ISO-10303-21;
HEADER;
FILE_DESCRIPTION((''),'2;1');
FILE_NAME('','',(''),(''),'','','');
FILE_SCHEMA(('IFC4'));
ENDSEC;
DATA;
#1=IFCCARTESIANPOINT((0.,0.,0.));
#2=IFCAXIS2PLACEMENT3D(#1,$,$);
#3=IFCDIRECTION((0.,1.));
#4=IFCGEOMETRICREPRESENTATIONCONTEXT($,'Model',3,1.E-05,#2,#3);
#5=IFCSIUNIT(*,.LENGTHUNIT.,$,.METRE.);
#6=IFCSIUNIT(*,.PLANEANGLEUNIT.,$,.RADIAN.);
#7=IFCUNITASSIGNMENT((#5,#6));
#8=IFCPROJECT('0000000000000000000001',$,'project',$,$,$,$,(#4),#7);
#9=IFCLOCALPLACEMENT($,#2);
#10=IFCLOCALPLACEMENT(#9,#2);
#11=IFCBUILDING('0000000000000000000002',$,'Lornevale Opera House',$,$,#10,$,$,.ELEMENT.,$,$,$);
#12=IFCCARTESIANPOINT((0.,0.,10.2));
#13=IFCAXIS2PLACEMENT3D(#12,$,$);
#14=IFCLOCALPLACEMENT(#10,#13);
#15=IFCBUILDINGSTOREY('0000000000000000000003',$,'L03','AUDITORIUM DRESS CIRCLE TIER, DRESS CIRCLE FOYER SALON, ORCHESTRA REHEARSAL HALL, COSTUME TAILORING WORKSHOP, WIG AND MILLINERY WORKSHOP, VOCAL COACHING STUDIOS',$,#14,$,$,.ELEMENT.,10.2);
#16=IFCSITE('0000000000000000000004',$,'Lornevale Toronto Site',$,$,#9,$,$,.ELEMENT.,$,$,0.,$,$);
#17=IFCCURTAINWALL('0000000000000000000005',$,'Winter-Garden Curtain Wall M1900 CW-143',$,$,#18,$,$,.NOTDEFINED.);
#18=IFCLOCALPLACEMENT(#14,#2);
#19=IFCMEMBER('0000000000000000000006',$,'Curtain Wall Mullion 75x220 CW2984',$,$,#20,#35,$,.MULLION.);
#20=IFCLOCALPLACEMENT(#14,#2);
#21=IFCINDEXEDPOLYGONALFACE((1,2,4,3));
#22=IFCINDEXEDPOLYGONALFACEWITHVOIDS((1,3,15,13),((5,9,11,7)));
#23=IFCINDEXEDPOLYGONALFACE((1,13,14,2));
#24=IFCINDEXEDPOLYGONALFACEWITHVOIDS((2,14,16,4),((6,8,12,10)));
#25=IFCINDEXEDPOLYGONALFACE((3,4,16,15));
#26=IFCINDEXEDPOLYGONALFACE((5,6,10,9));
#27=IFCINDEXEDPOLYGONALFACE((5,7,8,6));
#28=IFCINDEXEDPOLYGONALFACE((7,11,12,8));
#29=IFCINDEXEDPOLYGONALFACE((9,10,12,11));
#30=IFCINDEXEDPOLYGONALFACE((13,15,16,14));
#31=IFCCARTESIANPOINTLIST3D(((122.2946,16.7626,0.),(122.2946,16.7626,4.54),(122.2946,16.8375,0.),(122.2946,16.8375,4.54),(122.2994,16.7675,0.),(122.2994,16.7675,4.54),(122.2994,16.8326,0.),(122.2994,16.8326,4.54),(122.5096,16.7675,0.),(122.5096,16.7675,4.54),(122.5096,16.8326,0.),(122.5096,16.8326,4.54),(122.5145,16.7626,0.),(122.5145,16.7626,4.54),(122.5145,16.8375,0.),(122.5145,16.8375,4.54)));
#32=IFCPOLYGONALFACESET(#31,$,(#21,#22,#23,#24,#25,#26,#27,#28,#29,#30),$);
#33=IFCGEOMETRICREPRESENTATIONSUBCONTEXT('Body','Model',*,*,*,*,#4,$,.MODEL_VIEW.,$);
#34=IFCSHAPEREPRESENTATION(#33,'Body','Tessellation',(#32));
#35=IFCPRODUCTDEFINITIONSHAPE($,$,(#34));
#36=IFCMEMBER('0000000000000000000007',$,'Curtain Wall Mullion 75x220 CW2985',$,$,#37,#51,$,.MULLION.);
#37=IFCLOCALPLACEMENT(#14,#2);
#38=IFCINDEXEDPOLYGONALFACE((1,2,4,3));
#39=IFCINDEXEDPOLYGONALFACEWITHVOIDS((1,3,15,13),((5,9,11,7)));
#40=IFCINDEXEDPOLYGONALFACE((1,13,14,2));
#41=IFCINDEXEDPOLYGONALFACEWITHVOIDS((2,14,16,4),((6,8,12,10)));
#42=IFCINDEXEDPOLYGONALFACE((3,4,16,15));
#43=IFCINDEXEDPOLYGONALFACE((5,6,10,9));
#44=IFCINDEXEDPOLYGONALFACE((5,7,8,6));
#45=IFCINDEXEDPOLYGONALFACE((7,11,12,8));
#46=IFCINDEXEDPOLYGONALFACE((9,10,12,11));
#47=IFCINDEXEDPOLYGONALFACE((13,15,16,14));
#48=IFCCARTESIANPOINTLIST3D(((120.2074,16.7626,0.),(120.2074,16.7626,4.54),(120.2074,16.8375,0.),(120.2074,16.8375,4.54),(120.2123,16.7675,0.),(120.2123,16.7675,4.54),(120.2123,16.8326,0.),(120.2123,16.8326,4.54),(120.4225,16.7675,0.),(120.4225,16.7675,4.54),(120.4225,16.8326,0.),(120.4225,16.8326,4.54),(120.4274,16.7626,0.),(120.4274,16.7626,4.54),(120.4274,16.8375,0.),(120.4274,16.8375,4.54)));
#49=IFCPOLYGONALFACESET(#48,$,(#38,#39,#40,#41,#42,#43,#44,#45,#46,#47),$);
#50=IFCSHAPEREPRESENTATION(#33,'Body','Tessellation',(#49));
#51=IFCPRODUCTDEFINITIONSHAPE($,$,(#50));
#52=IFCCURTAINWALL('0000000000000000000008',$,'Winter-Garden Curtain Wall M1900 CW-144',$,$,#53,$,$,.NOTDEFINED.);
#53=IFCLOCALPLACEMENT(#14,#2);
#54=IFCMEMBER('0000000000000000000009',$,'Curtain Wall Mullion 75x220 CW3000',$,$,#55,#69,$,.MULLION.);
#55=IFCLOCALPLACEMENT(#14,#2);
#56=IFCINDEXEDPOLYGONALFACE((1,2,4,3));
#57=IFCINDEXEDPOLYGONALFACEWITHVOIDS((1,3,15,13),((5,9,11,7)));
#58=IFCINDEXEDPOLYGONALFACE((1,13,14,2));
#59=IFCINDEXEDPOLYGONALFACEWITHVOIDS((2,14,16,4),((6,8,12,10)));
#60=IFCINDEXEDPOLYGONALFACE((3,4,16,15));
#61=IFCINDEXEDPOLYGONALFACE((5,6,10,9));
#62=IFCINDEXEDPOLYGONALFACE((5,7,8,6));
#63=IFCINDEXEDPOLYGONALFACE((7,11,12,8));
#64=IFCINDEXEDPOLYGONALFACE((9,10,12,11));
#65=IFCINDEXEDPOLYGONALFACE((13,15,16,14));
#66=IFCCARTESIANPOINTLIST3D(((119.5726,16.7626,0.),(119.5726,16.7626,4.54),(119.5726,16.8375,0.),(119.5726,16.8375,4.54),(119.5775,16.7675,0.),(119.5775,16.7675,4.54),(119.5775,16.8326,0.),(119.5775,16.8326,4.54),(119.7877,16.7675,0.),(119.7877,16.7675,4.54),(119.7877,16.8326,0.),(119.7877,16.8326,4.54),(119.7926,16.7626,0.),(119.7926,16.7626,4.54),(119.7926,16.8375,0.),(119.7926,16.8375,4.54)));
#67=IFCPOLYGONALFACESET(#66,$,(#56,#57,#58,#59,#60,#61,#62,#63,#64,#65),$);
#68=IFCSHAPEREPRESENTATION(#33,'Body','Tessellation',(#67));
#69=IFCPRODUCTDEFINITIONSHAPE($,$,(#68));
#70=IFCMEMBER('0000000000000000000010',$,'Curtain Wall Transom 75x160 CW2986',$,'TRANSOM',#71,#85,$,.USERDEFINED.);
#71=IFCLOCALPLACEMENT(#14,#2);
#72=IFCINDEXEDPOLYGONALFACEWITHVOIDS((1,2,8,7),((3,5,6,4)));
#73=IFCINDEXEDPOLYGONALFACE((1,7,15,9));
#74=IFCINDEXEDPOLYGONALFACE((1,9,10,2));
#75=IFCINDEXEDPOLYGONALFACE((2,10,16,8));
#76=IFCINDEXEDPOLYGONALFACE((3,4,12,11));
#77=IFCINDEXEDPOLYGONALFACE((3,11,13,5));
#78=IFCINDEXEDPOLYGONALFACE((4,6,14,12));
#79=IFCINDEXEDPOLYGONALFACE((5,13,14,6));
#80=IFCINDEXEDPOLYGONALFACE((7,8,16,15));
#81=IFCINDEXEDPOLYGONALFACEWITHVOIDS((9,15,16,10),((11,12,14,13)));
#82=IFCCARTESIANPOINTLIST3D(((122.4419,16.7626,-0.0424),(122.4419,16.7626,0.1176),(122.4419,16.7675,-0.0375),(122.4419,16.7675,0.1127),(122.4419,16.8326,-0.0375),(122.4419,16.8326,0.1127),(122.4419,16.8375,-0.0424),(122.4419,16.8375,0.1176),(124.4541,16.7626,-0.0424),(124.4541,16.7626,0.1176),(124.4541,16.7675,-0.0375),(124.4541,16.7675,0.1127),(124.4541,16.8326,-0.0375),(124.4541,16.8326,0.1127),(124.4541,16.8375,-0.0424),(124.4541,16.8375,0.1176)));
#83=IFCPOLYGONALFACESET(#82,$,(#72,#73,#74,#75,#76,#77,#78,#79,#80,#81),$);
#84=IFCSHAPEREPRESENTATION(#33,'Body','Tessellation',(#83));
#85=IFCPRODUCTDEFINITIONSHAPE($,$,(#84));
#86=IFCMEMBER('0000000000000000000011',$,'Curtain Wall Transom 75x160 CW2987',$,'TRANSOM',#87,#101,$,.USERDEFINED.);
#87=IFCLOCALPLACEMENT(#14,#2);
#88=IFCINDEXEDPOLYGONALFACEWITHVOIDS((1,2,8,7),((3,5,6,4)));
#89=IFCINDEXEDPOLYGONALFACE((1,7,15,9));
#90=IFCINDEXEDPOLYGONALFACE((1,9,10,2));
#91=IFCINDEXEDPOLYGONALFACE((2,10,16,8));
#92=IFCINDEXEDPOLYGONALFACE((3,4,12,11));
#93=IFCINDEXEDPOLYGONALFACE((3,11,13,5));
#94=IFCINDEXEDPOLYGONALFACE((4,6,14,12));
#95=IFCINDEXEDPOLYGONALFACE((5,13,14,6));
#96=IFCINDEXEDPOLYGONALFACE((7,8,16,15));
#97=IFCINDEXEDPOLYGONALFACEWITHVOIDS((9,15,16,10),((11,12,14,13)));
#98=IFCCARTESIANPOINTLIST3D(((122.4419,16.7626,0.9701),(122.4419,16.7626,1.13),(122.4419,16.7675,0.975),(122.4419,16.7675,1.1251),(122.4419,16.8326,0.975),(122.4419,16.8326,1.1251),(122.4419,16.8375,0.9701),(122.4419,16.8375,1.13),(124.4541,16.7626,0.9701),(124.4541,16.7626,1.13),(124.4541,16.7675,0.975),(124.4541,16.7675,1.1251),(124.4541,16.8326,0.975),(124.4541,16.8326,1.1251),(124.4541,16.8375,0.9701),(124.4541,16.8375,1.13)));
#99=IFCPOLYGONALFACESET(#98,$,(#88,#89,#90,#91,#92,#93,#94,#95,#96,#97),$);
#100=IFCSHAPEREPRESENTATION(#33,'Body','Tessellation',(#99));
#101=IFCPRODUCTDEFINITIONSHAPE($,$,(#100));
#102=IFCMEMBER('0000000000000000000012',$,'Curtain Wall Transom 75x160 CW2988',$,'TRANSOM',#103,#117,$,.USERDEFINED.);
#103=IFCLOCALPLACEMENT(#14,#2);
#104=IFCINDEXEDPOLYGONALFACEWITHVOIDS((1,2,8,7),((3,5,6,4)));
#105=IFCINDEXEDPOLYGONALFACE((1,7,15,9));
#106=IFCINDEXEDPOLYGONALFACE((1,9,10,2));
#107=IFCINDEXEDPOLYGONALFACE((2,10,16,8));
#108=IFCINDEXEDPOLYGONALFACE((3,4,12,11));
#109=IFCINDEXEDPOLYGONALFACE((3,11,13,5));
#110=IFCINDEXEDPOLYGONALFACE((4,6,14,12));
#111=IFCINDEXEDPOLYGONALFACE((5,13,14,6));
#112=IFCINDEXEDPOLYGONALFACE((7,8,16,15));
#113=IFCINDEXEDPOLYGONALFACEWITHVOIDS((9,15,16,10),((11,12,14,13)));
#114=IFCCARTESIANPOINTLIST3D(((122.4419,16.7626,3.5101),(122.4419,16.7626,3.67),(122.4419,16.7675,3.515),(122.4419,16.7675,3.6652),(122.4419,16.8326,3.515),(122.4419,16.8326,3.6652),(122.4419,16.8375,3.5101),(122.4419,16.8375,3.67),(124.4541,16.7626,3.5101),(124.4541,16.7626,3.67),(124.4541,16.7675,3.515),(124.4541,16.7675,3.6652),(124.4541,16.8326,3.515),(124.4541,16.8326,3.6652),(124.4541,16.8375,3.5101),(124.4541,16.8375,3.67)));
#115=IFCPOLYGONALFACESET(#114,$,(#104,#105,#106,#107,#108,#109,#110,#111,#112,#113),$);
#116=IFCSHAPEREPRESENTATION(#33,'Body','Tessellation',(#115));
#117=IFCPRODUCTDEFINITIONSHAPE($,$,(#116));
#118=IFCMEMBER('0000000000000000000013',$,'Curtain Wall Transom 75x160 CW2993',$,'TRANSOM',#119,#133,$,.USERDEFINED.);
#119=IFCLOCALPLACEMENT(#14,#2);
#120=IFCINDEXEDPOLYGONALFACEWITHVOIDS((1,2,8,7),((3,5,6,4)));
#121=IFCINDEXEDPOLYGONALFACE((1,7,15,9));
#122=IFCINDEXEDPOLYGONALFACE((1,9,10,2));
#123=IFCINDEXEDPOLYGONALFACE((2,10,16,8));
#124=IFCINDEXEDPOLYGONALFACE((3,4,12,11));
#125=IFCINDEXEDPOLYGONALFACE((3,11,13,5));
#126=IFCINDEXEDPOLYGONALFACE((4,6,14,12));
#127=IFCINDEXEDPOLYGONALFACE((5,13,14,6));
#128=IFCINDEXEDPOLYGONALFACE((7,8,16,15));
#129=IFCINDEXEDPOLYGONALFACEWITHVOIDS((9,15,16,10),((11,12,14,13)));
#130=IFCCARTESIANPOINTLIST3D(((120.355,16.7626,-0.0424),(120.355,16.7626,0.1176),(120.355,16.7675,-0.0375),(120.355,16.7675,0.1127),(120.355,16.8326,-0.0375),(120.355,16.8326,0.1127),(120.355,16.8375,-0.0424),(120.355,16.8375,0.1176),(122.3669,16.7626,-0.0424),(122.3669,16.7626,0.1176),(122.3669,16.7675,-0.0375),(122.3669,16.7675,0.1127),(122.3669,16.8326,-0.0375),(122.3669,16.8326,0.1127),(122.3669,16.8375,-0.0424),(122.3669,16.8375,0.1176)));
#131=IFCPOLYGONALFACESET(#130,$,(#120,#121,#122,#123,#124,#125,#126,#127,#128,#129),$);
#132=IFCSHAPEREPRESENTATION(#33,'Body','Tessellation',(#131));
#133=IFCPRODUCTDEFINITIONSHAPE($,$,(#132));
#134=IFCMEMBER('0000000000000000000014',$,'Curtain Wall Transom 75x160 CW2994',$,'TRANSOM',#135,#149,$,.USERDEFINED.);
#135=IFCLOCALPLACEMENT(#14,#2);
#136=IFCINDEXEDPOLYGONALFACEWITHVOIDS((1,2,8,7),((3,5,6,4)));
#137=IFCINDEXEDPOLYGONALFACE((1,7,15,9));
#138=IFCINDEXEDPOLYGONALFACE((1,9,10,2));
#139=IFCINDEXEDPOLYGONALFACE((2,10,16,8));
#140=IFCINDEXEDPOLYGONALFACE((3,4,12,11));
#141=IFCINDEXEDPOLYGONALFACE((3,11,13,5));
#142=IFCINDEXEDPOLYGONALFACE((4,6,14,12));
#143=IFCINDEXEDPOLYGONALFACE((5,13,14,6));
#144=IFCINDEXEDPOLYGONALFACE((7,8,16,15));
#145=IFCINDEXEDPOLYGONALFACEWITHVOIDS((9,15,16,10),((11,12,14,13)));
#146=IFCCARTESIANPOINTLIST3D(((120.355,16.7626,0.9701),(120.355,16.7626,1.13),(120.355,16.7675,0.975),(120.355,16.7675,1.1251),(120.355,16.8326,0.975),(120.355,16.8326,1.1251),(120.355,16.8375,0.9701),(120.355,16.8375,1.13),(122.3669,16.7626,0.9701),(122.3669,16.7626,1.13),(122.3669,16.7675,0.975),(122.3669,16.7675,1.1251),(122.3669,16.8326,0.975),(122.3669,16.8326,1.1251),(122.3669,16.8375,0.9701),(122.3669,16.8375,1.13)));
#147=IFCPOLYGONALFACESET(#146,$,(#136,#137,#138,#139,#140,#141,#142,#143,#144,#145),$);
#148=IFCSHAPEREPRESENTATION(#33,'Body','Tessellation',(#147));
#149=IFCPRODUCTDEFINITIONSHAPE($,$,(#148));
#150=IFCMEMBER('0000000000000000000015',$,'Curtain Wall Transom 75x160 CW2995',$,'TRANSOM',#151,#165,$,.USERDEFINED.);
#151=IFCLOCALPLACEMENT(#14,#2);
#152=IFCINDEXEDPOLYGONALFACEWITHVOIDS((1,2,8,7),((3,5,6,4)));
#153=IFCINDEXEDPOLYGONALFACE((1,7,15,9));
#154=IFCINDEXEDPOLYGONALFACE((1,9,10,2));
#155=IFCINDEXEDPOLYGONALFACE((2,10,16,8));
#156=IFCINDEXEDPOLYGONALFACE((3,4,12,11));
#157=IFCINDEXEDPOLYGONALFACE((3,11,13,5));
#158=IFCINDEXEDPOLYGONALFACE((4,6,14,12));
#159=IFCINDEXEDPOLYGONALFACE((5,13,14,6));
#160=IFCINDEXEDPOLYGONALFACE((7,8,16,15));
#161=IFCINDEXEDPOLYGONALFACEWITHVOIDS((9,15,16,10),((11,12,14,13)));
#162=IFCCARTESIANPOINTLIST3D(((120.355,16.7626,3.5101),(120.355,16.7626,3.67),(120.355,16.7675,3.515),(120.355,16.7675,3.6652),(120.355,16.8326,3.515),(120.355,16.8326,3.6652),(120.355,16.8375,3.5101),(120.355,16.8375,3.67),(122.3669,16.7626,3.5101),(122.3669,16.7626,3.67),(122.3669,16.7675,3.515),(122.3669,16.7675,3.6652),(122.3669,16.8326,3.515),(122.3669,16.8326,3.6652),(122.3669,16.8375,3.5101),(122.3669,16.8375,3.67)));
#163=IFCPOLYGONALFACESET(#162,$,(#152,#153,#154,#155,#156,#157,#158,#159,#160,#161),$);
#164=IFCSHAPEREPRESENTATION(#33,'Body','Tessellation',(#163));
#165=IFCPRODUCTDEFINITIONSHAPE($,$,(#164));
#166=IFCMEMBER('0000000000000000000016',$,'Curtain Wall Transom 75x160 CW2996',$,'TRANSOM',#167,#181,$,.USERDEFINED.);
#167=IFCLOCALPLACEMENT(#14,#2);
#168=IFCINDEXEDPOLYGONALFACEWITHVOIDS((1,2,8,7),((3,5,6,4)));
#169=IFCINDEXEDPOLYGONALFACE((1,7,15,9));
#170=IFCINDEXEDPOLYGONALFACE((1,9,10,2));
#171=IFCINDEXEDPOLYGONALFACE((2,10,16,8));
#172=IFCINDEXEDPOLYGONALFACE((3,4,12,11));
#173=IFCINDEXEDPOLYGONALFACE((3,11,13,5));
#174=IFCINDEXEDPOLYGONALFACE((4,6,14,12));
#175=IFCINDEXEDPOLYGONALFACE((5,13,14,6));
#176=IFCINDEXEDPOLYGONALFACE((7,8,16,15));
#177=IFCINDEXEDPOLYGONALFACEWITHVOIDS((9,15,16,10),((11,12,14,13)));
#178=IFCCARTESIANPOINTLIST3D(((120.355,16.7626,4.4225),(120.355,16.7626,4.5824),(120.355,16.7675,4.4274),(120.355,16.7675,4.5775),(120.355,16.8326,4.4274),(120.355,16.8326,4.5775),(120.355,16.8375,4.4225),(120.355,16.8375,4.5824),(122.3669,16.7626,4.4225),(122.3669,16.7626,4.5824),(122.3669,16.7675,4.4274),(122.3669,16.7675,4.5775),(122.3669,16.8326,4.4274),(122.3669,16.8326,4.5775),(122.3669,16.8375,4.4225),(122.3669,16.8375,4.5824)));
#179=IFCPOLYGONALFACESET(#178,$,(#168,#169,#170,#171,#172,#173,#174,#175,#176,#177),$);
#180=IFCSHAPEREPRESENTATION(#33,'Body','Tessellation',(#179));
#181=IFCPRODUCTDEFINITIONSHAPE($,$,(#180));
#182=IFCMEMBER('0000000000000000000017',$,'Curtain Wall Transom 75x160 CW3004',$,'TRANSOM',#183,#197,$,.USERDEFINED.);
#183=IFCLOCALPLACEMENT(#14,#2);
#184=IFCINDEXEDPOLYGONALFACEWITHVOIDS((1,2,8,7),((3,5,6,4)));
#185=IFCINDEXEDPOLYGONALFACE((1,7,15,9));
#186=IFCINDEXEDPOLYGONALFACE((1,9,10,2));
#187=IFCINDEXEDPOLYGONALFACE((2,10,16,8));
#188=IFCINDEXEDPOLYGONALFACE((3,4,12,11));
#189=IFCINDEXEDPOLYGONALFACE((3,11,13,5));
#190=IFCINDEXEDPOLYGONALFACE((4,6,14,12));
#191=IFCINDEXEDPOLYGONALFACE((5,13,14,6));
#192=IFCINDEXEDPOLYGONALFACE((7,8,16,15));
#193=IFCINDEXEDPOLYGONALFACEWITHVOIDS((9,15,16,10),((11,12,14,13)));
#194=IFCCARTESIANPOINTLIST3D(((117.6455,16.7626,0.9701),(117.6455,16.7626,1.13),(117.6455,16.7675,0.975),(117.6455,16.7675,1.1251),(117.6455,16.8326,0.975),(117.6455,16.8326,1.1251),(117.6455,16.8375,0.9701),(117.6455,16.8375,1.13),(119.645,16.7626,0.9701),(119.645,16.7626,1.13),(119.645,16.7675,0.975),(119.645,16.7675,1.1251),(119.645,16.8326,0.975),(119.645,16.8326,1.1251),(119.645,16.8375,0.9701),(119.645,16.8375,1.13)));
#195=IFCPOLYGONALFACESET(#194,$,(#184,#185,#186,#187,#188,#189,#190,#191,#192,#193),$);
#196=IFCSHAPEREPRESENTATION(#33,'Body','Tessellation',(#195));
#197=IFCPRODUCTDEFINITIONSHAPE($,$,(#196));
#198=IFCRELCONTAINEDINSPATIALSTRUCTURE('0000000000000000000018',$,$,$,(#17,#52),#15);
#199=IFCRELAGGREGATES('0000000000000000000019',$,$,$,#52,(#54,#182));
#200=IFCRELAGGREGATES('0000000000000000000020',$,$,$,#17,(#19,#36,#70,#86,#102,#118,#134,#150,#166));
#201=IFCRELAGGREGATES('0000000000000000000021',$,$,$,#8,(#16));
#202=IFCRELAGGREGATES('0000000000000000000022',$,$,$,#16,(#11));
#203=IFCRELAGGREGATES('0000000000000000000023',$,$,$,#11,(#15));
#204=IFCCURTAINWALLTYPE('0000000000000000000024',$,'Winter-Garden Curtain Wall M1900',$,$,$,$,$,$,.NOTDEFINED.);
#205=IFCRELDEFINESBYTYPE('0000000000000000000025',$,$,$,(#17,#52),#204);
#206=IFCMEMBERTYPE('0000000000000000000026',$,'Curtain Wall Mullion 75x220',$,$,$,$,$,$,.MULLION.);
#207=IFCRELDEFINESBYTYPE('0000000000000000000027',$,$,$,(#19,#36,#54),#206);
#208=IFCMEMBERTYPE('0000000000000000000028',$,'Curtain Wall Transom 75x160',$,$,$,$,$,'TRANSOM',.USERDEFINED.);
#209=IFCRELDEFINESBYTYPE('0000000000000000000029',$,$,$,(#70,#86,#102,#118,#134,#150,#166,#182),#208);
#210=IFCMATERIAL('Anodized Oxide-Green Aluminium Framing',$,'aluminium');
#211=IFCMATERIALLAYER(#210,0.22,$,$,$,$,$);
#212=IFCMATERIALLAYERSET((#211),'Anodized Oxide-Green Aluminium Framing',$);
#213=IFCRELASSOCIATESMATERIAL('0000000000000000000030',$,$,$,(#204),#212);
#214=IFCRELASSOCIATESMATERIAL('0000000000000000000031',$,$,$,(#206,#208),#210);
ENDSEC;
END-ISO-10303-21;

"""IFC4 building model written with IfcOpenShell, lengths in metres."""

from ifc_helpers import new_model, si_unit, direction, frame, origin, origin_2d, place, context, subcontext, project, spatial, hollow_rectangle, extrude, material, layer, layer_set, material_profile, profile_set, type_object, element, aggregate, save


model = new_model("IFC4")

# Units and contexts
model_context = context("Model", 3, precision=1e-05, world=origin(), true_north=direction((0.0, 1.0)))
body_context = subcontext(model_context, "Body", "Model", "MODEL_VIEW")
ifc_project = project(units=[si_unit("LENGTHUNIT", "METRE"), si_unit("PLANEANGLEUNIT", "RADIAN")], contexts=[model_context])

# Site, building, storey
site_placement = place(None, origin())
site = spatial("IfcSite", under=ifc_project, at=site_placement, Name="Lornevale Toronto Site", CompositionType="ELEMENT", RefElevation=0.0)
building_placement = place(site_placement, origin())
building = spatial("IfcBuilding", under=site, at=building_placement, Name="Lornevale Opera House", CompositionType="ELEMENT")
storey_placement = place(building_placement, frame((0.0, 0.0, 10.2)))
storey = spatial("IfcBuildingStorey", under=building, at=storey_placement, Name="L03", Description="AUDITORIUM DRESS CIRCLE TIER, DRESS CIRCLE FOYER SALON, ORCHESTRA REHEARSAL HALL, COSTUME TAILORING WORKSHOP, WIG AND MILLINERY WORKSHOP, VOCAL COACHING STUDIOS", CompositionType="ELEMENT", Elevation=10.2)

# Curtain wall, members
ifc_material_1 = material(Name="Anodized Oxide-Green Aluminium Framing", Category="aluminium")
ifc_layer_1 = layer(ifc_material_1, 0.22)
ifc_layer_set_1 = layer_set([ifc_layer_1], Name="Anodized Oxide-Green Aluminium Framing")
curtain_wall_type = type_object("IfcCurtainWallType", Name="Winter-Garden Curtain Wall M1900", PredefinedType="NOTDEFINED", material=ifc_layer_set_1)
curtain_wall_1_placement = place(storey_placement, origin())
curtain_wall_1 = element("IfcCurtainWall", 1, at=curtain_wall_1_placement, inside=storey, type_object=curtain_wall_type, Name="Winter-Garden Curtain Wall M1900 CW-143", PredefinedType="NOTDEFINED")
ifc_material_profile_1 = material_profile(ifc_material_1, hollow_rectangle(XDim=0.075, YDim=0.22, WallThickness=0.0049, at=origin_2d()), Name="ALU75x220x5")
ifc_profile_set_1 = profile_set([ifc_material_profile_1], Name="Anodized Oxide-Green Aluminium Framing")
member_type_1 = type_object("IfcMemberType", Name="Curtain Wall Mullion 75x220", PredefinedType="MULLION", material=ifc_profile_set_1)
member_1_placement = place(storey_placement, frame((122.4045, 16.8, 0.0), z_axis=(0.0, 0.0, 1.0), x_axis=(0.0, -1.0, 0.0)))
member_1 = element("IfcMember", 2, at=member_1_placement, type_object=member_type_1, Name="Curtain Wall Mullion 75x220 CW2984", PredefinedType="MULLION", context=body_context, shape_type="SweptSolid", body=[
    extrude(hollow_rectangle(XDim=0.075, YDim=0.22, WallThickness=0.0049, at=origin_2d()), origin(), (0.0, 0.0, 1.0), 4.54),
])
member_2_placement = place(storey_placement, frame((120.3174, 16.8, 0.0), z_axis=(0.0, 0.0, 1.0), x_axis=(0.0, -1.0, 0.0)))
member_2 = element("IfcMember", 3, at=member_2_placement, type_object=member_type_1, Name="Curtain Wall Mullion 75x220 CW2985", PredefinedType="MULLION", context=body_context, shape_type="SweptSolid", body=[
    extrude(hollow_rectangle(XDim=0.075, YDim=0.22, WallThickness=0.0049, at=origin_2d()), origin(), (0.0, 0.0, 1.0), 4.54),
])

# Curtain wall, member
curtain_wall_2_placement = place(storey_placement, origin())
curtain_wall_2 = element("IfcCurtainWall", 4, at=curtain_wall_2_placement, inside=storey, type_object=curtain_wall_type, Name="Winter-Garden Curtain Wall M1900 CW-144", PredefinedType="NOTDEFINED")
member_3_placement = place(storey_placement, frame((119.6826, 16.8, 0.0), z_axis=(0.0, 0.0, 1.0), x_axis=(0.0, -1.0, 0.0)))
member_3 = element("IfcMember", 5, at=member_3_placement, type_object=member_type_1, Name="Curtain Wall Mullion 75x220 CW3000", PredefinedType="MULLION", context=body_context, shape_type="SweptSolid", body=[
    extrude(hollow_rectangle(XDim=0.075, YDim=0.22, WallThickness=0.0049, at=origin_2d()), origin(), (0.0, 0.0, 1.0), 4.54),
])

# Members
ifc_material_profile_2 = material_profile(ifc_material_1, hollow_rectangle(XDim=0.075, YDim=0.1599, WallThickness=0.0049, at=origin_2d()), Name="ALU75x160x5")
ifc_profile_set_2 = profile_set([ifc_material_profile_2], Name="Anodized Oxide-Green Aluminium Framing")
member_type_2 = type_object("IfcMemberType", Name="Curtain Wall Transom 75x160", ElementType="TRANSOM", PredefinedType="USERDEFINED", material=ifc_profile_set_2)
member_4_placement = place(storey_placement, frame((124.4541, 16.8, 0.0376), z_axis=(-1.0, 0.0, 0.0), x_axis=(0.0, -1.0, 0.0)))
member_4 = element("IfcMember", 6, at=member_4_placement, type_object=member_type_2, Name="Curtain Wall Transom 75x160 CW2986", ObjectType="TRANSOM", PredefinedType="USERDEFINED", context=body_context, shape_type="SweptSolid", body=[
    extrude(hollow_rectangle(XDim=0.075, YDim=0.1599, WallThickness=0.0049, at=origin_2d()), origin(), (0.0, 0.0, 1.0), 2.0122),
])
member_5_placement = place(storey_placement, frame((124.4541, 16.8, 1.05), z_axis=(-1.0, 0.0, 0.0), x_axis=(0.0, -1.0, 0.0)))
member_5 = element("IfcMember", 7, at=member_5_placement, type_object=member_type_2, Name="Curtain Wall Transom 75x160 CW2987", ObjectType="TRANSOM", PredefinedType="USERDEFINED", context=body_context, shape_type="SweptSolid", body=[
    extrude(hollow_rectangle(XDim=0.075, YDim=0.1599, WallThickness=0.0049, at=origin_2d()), origin(), (0.0, 0.0, 1.0), 2.0122),
])
member_6_placement = place(storey_placement, frame((124.4541, 16.8, 3.5901), z_axis=(-1.0, 0.0, 0.0), x_axis=(0.0, -1.0, 0.0)))
member_6 = element("IfcMember", 8, at=member_6_placement, type_object=member_type_2, Name="Curtain Wall Transom 75x160 CW2988", ObjectType="TRANSOM", PredefinedType="USERDEFINED", context=body_context, shape_type="SweptSolid", body=[
    extrude(hollow_rectangle(XDim=0.075, YDim=0.1599, WallThickness=0.0049, at=origin_2d()), origin(), (0.0, 0.0, 1.0), 2.0122),
])
member_7_placement = place(storey_placement, frame((122.3669, 16.8, 0.0376), z_axis=(-1.0, 0.0, 0.0), x_axis=(0.0, -1.0, 0.0)))
member_7 = element("IfcMember", 9, at=member_7_placement, type_object=member_type_2, Name="Curtain Wall Transom 75x160 CW2993", ObjectType="TRANSOM", PredefinedType="USERDEFINED", context=body_context, shape_type="SweptSolid", body=[
    extrude(hollow_rectangle(XDim=0.075, YDim=0.1599, WallThickness=0.0049, at=origin_2d()), origin(), (0.0, 0.0, 1.0), 2.012),
])
member_8_placement = place(storey_placement, frame((122.3669, 16.8, 1.05), z_axis=(-1.0, 0.0, 0.0), x_axis=(0.0, -1.0, 0.0)))
member_8 = element("IfcMember", 10, at=member_8_placement, type_object=member_type_2, Name="Curtain Wall Transom 75x160 CW2994", ObjectType="TRANSOM", PredefinedType="USERDEFINED", context=body_context, shape_type="SweptSolid", body=[
    extrude(hollow_rectangle(XDim=0.075, YDim=0.1599, WallThickness=0.0049, at=origin_2d()), origin(), (0.0, 0.0, 1.0), 2.012),
])
member_9_placement = place(storey_placement, frame((122.3669, 16.8, 3.5901), z_axis=(-1.0, 0.0, 0.0), x_axis=(0.0, -1.0, 0.0)))
member_9 = element("IfcMember", 11, at=member_9_placement, type_object=member_type_2, Name="Curtain Wall Transom 75x160 CW2995", ObjectType="TRANSOM", PredefinedType="USERDEFINED", context=body_context, shape_type="SweptSolid", body=[
    extrude(hollow_rectangle(XDim=0.075, YDim=0.1599, WallThickness=0.0049, at=origin_2d()), origin(), (0.0, 0.0, 1.0), 2.012),
])
member_10_placement = place(storey_placement, frame((122.3669, 16.8, 4.5024), z_axis=(-1.0, 0.0, 0.0), x_axis=(0.0, -1.0, 0.0)))
member_10 = element("IfcMember", 12, at=member_10_placement, type_object=member_type_2, Name="Curtain Wall Transom 75x160 CW2996", ObjectType="TRANSOM", PredefinedType="USERDEFINED", context=body_context, shape_type="SweptSolid", body=[
    extrude(hollow_rectangle(XDim=0.075, YDim=0.1599, WallThickness=0.0049, at=origin_2d()), origin(), (0.0, 0.0, 1.0), 2.012),
])
member_11_placement = place(storey_placement, frame((119.645, 16.8, 1.05), z_axis=(-1.0, 0.0, 0.0), x_axis=(0.0, -1.0, 0.0)))
member_11 = element("IfcMember", 13, at=member_11_placement, type_object=member_type_2, Name="Curtain Wall Transom 75x160 CW3004", ObjectType="TRANSOM", PredefinedType="USERDEFINED", context=body_context, shape_type="SweptSolid", body=[
    extrude(hollow_rectangle(XDim=0.075, YDim=0.1599, WallThickness=0.0049, at=origin_2d()), origin(), (0.0, 0.0, 1.0), 1.9995),
])
aggregate(curtain_wall_2, [member_3, member_11])

aggregate(curtain_wall_1, [member_1, member_2, member_4, member_5, member_6, member_7, member_8, member_9, member_10])

save(model, "model.ifc")
